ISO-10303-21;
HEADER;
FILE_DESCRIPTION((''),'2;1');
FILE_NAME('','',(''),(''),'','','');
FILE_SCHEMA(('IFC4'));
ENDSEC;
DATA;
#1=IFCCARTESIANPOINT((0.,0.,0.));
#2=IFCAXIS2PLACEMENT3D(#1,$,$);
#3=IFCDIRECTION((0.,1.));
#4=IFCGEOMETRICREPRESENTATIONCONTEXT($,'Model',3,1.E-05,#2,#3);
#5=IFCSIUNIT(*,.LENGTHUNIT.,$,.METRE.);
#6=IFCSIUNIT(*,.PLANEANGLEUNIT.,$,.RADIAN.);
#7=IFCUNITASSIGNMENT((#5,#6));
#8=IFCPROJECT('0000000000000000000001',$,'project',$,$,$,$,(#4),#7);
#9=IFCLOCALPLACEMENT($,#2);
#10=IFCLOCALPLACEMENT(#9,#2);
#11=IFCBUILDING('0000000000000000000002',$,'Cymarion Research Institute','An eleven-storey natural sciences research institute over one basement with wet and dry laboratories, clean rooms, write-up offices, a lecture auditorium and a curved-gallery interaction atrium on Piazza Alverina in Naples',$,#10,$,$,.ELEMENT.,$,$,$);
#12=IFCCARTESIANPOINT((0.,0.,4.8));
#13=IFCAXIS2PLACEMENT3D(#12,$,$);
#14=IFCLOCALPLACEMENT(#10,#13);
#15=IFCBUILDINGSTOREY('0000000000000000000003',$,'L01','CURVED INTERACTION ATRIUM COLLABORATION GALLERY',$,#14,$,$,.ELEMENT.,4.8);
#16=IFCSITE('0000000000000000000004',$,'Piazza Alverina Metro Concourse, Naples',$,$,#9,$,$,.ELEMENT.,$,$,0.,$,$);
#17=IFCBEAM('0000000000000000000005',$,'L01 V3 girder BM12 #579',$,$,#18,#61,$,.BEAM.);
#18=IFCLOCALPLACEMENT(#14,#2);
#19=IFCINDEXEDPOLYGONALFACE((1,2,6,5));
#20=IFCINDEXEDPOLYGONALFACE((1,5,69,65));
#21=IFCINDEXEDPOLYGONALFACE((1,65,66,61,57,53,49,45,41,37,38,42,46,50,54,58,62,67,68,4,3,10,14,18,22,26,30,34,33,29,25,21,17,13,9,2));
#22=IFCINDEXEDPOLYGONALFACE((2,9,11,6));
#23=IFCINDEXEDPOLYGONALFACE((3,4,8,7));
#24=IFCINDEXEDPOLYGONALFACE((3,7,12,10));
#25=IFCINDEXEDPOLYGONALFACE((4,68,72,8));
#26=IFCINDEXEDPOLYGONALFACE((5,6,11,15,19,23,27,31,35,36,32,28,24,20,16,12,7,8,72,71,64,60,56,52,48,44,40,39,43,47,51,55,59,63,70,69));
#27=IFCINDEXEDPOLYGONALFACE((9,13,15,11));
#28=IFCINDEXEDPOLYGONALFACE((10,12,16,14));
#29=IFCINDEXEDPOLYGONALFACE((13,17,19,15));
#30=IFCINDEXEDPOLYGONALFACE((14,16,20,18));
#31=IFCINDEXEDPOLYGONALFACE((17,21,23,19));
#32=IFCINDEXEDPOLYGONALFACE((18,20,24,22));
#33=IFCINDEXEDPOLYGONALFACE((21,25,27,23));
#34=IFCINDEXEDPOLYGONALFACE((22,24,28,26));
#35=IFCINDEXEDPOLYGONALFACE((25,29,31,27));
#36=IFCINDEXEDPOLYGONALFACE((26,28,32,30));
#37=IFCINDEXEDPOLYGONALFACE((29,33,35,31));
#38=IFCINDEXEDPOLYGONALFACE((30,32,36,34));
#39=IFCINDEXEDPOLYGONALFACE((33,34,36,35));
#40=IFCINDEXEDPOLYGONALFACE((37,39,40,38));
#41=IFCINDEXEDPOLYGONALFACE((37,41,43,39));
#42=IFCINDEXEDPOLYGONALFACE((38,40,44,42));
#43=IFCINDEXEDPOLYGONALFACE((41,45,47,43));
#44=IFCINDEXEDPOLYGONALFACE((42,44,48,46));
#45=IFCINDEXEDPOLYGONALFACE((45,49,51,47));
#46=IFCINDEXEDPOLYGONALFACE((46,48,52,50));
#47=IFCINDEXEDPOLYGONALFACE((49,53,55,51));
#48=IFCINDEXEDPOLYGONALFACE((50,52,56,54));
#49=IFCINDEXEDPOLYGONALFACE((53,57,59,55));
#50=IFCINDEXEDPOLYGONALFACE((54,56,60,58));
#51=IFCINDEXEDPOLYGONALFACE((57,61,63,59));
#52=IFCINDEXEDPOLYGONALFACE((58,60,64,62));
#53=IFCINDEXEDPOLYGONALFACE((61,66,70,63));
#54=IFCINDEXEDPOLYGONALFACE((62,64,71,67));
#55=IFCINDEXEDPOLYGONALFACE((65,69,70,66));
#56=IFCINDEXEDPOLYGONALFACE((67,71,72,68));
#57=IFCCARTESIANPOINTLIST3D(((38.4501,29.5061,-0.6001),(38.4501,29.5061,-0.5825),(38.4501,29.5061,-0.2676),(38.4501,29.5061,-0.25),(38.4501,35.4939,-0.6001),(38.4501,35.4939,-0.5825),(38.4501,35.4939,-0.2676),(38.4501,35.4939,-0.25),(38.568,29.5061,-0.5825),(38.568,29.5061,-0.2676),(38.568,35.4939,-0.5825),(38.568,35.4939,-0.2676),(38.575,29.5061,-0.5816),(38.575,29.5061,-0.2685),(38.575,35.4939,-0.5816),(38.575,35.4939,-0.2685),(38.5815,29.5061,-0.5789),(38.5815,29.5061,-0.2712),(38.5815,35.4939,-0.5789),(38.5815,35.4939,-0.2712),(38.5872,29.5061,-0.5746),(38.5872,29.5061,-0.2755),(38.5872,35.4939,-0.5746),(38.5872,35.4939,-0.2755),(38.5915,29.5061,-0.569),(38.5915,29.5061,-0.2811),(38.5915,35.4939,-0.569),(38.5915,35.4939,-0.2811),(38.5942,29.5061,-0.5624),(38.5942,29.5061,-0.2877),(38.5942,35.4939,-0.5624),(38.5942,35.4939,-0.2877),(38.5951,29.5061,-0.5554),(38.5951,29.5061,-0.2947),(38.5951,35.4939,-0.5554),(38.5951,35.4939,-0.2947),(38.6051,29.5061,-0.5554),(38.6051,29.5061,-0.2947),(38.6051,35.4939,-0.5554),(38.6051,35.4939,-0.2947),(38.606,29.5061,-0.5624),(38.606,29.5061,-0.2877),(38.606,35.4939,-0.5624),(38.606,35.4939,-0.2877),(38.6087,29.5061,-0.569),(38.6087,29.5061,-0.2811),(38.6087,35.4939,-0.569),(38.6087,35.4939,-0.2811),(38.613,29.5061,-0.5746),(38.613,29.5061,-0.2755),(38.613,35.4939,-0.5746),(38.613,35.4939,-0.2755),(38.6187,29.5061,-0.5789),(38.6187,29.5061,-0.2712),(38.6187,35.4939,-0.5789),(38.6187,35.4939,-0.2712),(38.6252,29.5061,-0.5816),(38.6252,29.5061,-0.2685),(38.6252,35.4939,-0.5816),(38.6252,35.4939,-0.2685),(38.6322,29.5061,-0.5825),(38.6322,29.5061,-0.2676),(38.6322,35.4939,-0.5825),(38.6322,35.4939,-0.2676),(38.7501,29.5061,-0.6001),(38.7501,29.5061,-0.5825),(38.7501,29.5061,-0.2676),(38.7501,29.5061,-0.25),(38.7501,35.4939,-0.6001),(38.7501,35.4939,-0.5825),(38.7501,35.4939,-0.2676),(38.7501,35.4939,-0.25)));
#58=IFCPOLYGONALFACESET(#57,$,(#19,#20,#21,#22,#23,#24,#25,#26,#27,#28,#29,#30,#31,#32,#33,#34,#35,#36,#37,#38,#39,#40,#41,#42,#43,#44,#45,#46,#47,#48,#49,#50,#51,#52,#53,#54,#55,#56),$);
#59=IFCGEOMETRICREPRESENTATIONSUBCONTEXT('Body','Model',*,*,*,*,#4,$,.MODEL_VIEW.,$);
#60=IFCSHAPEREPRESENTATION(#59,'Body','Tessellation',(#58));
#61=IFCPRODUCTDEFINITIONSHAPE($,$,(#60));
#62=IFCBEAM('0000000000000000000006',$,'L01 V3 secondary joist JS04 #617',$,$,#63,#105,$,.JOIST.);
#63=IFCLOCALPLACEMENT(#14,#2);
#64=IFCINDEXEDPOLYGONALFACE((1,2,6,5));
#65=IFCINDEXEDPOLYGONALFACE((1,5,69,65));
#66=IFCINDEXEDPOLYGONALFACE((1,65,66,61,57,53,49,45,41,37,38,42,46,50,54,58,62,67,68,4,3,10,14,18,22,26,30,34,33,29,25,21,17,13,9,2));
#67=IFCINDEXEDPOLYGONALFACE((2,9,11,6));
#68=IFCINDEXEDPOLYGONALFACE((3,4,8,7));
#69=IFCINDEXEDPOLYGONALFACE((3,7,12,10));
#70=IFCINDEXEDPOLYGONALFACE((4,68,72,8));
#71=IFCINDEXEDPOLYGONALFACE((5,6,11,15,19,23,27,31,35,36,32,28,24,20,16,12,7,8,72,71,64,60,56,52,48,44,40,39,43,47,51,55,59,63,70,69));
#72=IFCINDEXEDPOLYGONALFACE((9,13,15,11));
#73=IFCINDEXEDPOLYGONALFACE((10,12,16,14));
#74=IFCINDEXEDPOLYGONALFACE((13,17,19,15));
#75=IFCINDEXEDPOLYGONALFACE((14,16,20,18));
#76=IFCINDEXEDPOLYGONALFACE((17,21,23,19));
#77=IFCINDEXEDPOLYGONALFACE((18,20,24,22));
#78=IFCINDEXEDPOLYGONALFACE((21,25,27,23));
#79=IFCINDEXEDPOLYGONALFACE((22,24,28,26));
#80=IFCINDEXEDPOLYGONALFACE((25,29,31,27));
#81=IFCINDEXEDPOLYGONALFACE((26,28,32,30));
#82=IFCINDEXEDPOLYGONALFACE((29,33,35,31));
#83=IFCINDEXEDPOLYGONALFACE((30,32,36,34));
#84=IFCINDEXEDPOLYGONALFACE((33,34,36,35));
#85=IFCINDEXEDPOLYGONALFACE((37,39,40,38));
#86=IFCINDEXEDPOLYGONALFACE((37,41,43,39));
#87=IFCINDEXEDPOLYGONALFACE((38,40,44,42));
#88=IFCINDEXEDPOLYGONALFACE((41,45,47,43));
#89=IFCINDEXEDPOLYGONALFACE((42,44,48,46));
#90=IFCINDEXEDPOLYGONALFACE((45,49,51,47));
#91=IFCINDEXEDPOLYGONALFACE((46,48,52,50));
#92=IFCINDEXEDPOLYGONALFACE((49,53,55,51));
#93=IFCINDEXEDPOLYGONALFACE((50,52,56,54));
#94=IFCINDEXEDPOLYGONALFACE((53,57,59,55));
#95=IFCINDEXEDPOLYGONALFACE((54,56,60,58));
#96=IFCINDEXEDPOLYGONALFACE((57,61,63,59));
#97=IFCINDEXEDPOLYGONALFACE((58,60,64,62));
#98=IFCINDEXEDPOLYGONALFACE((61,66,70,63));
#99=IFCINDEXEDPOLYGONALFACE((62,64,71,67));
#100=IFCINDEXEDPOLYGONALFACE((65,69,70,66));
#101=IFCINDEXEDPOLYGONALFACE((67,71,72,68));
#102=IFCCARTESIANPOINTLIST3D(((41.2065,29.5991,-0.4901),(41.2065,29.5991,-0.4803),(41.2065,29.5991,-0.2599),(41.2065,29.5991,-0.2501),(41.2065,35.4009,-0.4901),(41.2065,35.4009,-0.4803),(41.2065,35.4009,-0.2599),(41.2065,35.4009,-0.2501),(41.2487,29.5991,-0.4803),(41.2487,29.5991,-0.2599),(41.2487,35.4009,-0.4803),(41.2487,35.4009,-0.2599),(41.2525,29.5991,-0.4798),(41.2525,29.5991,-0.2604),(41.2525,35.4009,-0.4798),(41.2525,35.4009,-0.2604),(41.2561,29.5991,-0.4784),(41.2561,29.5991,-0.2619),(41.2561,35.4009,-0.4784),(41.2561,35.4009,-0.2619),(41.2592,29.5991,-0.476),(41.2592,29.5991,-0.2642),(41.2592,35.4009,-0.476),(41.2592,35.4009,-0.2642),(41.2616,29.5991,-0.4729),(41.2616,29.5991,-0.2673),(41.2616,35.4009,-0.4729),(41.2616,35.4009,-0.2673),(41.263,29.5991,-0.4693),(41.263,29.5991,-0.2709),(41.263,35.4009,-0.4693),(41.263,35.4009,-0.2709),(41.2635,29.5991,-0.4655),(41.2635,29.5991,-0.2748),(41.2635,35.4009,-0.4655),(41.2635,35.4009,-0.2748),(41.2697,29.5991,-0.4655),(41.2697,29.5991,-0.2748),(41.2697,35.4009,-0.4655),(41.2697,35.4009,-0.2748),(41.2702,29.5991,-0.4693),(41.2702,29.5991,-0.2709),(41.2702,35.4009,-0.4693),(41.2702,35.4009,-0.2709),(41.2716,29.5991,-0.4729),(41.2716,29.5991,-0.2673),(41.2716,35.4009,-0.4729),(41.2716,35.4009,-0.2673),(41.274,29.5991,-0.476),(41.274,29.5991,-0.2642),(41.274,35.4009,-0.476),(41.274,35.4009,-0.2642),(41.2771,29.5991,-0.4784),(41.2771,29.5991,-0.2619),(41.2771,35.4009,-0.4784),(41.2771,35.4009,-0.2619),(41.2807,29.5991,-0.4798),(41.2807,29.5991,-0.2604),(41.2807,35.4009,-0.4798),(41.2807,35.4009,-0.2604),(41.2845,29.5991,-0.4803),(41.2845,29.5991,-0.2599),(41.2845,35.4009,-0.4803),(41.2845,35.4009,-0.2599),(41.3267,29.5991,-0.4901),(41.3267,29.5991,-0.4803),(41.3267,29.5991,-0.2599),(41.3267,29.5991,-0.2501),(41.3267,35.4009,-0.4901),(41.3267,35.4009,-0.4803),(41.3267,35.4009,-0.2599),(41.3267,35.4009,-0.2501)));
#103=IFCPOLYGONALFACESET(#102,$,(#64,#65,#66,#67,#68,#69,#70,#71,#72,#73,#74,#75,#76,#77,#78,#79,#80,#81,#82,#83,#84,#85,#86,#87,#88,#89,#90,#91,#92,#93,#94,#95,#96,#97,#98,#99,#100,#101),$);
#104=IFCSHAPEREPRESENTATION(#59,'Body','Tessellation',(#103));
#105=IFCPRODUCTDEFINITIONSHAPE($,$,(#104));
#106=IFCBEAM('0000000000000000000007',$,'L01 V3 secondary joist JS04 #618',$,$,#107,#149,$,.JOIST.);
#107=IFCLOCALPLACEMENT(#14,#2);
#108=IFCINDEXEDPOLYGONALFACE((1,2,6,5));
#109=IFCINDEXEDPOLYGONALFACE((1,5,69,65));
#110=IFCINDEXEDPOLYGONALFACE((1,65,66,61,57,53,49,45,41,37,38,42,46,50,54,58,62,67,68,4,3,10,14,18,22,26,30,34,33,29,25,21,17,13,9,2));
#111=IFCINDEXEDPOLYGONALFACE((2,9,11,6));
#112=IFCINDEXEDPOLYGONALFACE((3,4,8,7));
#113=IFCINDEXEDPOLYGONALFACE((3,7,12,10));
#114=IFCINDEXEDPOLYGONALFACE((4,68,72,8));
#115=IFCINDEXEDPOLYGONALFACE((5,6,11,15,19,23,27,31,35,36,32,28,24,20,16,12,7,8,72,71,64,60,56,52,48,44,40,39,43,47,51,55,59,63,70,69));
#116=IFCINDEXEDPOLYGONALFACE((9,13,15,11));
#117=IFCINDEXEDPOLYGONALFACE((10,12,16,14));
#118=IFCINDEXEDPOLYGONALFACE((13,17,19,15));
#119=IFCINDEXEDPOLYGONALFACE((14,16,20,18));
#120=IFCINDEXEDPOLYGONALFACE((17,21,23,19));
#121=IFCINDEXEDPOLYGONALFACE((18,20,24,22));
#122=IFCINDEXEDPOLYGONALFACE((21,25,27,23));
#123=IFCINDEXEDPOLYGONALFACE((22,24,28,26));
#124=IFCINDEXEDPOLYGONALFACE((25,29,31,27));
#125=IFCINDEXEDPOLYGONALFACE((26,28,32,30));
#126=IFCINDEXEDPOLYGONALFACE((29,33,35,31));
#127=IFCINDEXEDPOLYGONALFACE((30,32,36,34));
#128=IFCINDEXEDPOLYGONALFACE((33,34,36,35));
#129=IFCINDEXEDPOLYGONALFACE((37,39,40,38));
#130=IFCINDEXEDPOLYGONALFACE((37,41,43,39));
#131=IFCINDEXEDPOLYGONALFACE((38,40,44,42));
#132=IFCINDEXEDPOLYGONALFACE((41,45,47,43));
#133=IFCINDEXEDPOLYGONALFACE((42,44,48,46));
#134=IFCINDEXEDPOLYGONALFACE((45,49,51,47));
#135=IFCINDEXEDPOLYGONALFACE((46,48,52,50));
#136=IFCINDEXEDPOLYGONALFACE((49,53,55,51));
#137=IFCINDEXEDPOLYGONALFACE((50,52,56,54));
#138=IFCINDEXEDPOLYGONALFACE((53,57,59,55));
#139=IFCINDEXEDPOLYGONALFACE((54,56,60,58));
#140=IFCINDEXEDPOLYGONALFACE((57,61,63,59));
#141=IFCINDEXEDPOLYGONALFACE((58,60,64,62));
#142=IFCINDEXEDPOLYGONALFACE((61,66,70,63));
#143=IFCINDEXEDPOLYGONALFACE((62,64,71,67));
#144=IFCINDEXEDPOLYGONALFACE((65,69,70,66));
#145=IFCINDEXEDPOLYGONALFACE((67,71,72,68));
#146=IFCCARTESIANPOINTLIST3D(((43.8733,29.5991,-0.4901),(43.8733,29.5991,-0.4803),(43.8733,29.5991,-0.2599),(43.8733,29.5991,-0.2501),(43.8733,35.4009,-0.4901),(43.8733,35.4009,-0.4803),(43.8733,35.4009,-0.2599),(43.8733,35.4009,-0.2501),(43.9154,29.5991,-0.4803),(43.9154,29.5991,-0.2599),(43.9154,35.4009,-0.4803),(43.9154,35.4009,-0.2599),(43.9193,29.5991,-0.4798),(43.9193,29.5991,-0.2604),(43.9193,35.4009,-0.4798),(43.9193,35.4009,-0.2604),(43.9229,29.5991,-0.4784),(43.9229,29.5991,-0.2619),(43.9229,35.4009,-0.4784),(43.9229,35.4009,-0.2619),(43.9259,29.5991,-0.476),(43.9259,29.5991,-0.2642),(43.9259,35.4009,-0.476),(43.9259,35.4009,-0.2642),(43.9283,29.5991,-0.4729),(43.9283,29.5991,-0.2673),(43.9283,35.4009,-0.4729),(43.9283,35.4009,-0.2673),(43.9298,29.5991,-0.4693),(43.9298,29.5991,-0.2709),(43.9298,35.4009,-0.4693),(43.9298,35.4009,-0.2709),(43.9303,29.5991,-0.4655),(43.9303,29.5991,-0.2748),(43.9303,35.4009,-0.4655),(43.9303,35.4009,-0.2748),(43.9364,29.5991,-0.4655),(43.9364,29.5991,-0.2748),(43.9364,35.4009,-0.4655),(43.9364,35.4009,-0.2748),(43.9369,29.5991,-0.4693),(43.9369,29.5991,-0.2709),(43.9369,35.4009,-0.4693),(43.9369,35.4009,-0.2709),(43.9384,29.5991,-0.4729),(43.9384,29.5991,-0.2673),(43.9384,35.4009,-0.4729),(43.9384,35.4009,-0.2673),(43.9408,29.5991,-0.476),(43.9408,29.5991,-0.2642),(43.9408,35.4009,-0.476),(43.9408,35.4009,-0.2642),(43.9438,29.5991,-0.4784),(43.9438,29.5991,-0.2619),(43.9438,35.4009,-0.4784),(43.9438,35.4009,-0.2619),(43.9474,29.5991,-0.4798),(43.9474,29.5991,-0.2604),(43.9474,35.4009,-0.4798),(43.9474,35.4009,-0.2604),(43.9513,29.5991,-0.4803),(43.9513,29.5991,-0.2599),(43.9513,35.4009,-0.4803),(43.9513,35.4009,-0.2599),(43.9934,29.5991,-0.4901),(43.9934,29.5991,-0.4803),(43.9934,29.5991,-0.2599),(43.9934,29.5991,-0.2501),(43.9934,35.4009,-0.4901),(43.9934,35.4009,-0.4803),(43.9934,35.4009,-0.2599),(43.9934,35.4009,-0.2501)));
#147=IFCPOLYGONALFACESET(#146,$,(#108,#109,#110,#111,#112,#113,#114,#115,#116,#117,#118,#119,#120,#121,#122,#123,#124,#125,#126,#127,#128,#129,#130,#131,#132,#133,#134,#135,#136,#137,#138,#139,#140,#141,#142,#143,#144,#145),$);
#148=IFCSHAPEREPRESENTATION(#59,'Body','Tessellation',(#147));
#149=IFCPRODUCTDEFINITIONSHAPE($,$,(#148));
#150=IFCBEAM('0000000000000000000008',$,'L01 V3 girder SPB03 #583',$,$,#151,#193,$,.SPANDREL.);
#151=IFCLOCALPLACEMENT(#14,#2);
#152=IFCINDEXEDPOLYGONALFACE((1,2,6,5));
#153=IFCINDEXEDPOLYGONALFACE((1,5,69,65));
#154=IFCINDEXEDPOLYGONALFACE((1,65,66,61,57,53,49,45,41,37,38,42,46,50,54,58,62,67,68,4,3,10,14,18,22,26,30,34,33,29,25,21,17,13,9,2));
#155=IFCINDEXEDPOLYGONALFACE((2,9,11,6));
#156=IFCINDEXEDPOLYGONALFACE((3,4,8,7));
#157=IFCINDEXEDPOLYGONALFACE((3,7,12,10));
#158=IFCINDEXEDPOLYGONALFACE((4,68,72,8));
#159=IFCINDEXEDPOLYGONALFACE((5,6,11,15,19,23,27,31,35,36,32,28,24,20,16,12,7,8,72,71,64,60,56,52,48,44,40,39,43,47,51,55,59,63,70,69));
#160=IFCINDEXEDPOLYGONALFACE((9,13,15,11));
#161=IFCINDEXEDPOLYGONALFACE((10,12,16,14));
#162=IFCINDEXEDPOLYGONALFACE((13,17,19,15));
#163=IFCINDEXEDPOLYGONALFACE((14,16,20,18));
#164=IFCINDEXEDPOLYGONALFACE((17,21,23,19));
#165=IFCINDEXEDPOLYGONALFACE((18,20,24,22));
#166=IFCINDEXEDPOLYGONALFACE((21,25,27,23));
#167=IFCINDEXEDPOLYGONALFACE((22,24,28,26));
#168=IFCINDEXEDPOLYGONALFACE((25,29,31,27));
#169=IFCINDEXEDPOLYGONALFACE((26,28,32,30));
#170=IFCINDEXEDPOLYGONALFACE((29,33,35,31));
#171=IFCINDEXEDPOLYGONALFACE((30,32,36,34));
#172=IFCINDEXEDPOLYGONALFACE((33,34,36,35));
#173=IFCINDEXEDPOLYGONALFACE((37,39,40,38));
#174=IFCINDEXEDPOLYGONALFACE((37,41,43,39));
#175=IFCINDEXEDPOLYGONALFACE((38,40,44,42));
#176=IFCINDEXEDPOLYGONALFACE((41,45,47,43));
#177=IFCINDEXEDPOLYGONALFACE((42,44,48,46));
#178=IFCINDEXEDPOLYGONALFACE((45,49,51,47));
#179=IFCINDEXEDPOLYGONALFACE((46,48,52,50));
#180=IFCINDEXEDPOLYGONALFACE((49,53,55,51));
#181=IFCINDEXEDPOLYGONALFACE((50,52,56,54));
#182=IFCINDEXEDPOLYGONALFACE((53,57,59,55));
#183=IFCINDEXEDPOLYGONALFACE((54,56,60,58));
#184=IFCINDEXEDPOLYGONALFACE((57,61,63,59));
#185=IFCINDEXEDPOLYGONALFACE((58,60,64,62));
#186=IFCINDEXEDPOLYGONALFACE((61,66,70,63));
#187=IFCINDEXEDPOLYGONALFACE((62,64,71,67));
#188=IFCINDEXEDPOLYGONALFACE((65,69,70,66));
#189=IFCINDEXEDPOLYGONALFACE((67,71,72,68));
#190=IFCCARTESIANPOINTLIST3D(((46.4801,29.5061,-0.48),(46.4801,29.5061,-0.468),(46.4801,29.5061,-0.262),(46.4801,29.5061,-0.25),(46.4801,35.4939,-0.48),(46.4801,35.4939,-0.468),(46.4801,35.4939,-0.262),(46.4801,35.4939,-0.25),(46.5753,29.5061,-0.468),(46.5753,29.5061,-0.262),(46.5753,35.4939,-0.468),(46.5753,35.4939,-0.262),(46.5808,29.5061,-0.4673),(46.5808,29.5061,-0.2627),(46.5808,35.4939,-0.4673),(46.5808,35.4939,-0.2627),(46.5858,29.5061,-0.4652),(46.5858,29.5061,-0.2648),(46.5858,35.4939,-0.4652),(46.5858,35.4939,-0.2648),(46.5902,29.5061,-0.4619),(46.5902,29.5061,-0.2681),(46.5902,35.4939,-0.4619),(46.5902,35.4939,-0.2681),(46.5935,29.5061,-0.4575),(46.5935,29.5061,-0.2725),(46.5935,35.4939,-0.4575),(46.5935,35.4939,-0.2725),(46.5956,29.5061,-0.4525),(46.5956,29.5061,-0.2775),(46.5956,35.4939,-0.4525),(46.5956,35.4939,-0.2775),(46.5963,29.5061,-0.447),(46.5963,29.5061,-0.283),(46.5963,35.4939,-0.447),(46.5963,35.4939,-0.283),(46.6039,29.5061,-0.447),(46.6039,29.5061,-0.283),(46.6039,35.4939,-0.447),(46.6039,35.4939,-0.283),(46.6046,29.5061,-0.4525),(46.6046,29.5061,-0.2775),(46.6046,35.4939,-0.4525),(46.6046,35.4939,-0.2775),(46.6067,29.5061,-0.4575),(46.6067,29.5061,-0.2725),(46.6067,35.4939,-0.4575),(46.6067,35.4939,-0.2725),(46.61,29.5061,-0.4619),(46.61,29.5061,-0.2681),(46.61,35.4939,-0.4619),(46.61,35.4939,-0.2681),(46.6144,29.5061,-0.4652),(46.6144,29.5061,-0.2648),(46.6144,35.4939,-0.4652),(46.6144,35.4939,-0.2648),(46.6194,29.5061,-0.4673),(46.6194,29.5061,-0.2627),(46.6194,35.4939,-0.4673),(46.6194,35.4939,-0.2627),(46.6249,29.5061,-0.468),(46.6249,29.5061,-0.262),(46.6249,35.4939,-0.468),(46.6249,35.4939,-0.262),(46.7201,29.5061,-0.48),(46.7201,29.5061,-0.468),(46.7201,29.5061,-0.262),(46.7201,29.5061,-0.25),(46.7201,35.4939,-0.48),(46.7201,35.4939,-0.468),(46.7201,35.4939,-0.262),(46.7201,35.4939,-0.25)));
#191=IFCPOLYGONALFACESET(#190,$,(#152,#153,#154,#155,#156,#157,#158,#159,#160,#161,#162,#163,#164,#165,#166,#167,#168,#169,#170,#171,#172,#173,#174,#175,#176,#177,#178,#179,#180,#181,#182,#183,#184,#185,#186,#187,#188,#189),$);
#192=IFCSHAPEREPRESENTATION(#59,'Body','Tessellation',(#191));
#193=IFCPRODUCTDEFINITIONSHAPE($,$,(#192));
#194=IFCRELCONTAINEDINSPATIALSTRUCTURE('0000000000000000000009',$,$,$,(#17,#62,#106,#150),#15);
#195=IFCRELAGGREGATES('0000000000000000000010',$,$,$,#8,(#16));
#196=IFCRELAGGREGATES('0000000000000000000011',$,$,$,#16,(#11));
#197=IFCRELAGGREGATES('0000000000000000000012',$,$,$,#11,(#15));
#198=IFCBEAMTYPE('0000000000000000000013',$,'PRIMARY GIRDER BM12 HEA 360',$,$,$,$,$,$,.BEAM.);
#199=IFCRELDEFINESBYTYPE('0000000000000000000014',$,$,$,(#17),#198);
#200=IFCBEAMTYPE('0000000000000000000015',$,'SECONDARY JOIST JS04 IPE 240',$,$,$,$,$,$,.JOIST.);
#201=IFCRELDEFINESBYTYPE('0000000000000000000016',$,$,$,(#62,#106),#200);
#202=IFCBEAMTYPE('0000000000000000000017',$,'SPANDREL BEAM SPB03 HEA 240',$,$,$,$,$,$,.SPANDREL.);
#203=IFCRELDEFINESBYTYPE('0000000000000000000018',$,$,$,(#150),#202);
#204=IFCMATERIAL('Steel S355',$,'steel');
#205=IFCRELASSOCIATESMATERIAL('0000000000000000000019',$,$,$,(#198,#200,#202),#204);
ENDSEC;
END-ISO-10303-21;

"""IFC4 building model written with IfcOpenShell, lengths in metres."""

from ifc_helpers import new_model, si_unit, direction, frame, origin, origin_2d, place, context, subcontext, project, spatial, i_section, extrude, material, material_profile, profile_set, type_object, element, save


model = new_model("IFC4")

# Units and contexts
model_context = context("Model", 3, precision=1e-05, world=origin(), true_north=direction((0.0, 1.0)))
body_context = subcontext(model_context, "Body", "Model", "MODEL_VIEW")
ifc_project = project(units=[si_unit("LENGTHUNIT", "METRE"), si_unit("PLANEANGLEUNIT", "RADIAN")], contexts=[model_context])

# Site, building, storey
site_placement = place(None, origin())
site = spatial("IfcSite", under=ifc_project, at=site_placement, Name="Piazza Alverina Metro Concourse, Naples", CompositionType="ELEMENT", RefElevation=0.0)
building_placement = place(site_placement, origin())
building = spatial("IfcBuilding", under=site, at=building_placement, Name="Cymarion Research Institute", Description="An eleven-storey natural sciences research institute over one basement with wet and dry laboratories, clean rooms, write-up offices, a lecture auditorium and a curved-gallery interaction atrium on Piazza Alverina in Naples", CompositionType="ELEMENT")
storey_placement = place(building_placement, frame((0.0, 0.0, 4.8)))
storey = spatial("IfcBuildingStorey", under=building, at=storey_placement, Name="L01", Description="CURVED INTERACTION ATRIUM COLLABORATION GALLERY", CompositionType="ELEMENT", Elevation=4.8)

# Shared definitions
ifc_material_1 = material(Name="Steel S355", Category="steel")

# Beams
ifc_material_profile_1 = material_profile(ifc_material_1, i_section(OverallWidth=0.3, OverallDepth=0.3501, WebThickness=0.01, FlangeThickness=0.0176, FilletRadius=0.0271, at=origin_2d()), Name="HEA 360")
ifc_profile_set_1 = profile_set([ifc_material_profile_1], Name="Steel S355")
beam_type_1 = type_object("IfcBeamType", Name="PRIMARY GIRDER BM12 HEA 360", PredefinedType="BEAM", material=ifc_profile_set_1)
beam_1_placement = place(storey_placement, frame((38.6001, 29.5061, -0.425), z_axis=(0.0, 1.0, 0.0), x_axis=(-1.0, 0.0, 0.0)))
element("IfcBeam", 1, at=beam_1_placement, inside=storey, type_object=beam_type_1, Name="L01 V3 girder BM12 #579", PredefinedType="BEAM", context=body_context, shape_type="SweptSolid", body=[
    extrude(i_section(OverallWidth=0.3, OverallDepth=0.3501, WebThickness=0.01, FlangeThickness=0.0176, FilletRadius=0.0271, at=origin_2d()), origin(), (0.0, 0.0, 1.0), 5.9878),
])
ifc_material_profile_2 = material_profile(ifc_material_1, i_section(OverallWidth=0.1201, OverallDepth=0.24, WebThickness=0.0061, FlangeThickness=0.0098, FilletRadius=0.0149, at=origin_2d()), Name="IPE 240")
ifc_profile_set_2 = profile_set([ifc_material_profile_2], Name="Steel S355")
beam_type_2 = type_object("IfcBeamType", Name="SECONDARY JOIST JS04 IPE 240", PredefinedType="JOIST", material=ifc_profile_set_2)
for number, where, z_axis, x_axis, name in (
    (2, (41.2666, 29.5991, -0.3701), (0.0, 1.0, 0.0), (-1.0, 0.0, 0.0), "L01 V3 secondary joist JS04 #617"),
    (3, (43.9333, 29.5991, -0.3701), (0.0, 1.0, 0.0), (-1.0, 0.0, 0.0), "L01 V3 secondary joist JS04 #618"),
):
    element("IfcBeam", number, at=place(storey_placement, frame(where, z_axis=z_axis, x_axis=x_axis)), inside=storey, type_object=beam_type_2, Name=name, PredefinedType="JOIST", context=body_context, shape_type="SweptSolid", body=[
        extrude(i_section(OverallWidth=0.1201, OverallDepth=0.24, WebThickness=0.0061, FlangeThickness=0.0098, FilletRadius=0.0149, at=origin_2d()), origin(), (0.0, 0.0, 1.0), 5.8018),
    ])
ifc_material_profile_3 = material_profile(ifc_material_1, i_section(OverallWidth=0.24, OverallDepth=0.23, WebThickness=0.0076, FlangeThickness=0.012, FilletRadius=0.021, at=origin_2d()), Name="HEA 240")
ifc_profile_set_3 = profile_set([ifc_material_profile_3], Name="Steel S355")
beam_type_3 = type_object("IfcBeamType", Name="SPANDREL BEAM SPB03 HEA 240", PredefinedType="SPANDREL", material=ifc_profile_set_3)
beam_2_placement = place(storey_placement, frame((46.6001, 29.5061, -0.365), z_axis=(0.0, 1.0, 0.0), x_axis=(-1.0, 0.0, 0.0)))
element("IfcBeam", 4, at=beam_2_placement, inside=storey, type_object=beam_type_3, Name="L01 V3 girder SPB03 #583", PredefinedType="SPANDREL", context=body_context, shape_type="SweptSolid", body=[
    extrude(i_section(OverallWidth=0.24, OverallDepth=0.23, WebThickness=0.0076, FlangeThickness=0.012, FilletRadius=0.021, at=origin_2d()), origin(), (0.0, 0.0, 1.0), 5.9878),
])

save(model, "model.ifc")
